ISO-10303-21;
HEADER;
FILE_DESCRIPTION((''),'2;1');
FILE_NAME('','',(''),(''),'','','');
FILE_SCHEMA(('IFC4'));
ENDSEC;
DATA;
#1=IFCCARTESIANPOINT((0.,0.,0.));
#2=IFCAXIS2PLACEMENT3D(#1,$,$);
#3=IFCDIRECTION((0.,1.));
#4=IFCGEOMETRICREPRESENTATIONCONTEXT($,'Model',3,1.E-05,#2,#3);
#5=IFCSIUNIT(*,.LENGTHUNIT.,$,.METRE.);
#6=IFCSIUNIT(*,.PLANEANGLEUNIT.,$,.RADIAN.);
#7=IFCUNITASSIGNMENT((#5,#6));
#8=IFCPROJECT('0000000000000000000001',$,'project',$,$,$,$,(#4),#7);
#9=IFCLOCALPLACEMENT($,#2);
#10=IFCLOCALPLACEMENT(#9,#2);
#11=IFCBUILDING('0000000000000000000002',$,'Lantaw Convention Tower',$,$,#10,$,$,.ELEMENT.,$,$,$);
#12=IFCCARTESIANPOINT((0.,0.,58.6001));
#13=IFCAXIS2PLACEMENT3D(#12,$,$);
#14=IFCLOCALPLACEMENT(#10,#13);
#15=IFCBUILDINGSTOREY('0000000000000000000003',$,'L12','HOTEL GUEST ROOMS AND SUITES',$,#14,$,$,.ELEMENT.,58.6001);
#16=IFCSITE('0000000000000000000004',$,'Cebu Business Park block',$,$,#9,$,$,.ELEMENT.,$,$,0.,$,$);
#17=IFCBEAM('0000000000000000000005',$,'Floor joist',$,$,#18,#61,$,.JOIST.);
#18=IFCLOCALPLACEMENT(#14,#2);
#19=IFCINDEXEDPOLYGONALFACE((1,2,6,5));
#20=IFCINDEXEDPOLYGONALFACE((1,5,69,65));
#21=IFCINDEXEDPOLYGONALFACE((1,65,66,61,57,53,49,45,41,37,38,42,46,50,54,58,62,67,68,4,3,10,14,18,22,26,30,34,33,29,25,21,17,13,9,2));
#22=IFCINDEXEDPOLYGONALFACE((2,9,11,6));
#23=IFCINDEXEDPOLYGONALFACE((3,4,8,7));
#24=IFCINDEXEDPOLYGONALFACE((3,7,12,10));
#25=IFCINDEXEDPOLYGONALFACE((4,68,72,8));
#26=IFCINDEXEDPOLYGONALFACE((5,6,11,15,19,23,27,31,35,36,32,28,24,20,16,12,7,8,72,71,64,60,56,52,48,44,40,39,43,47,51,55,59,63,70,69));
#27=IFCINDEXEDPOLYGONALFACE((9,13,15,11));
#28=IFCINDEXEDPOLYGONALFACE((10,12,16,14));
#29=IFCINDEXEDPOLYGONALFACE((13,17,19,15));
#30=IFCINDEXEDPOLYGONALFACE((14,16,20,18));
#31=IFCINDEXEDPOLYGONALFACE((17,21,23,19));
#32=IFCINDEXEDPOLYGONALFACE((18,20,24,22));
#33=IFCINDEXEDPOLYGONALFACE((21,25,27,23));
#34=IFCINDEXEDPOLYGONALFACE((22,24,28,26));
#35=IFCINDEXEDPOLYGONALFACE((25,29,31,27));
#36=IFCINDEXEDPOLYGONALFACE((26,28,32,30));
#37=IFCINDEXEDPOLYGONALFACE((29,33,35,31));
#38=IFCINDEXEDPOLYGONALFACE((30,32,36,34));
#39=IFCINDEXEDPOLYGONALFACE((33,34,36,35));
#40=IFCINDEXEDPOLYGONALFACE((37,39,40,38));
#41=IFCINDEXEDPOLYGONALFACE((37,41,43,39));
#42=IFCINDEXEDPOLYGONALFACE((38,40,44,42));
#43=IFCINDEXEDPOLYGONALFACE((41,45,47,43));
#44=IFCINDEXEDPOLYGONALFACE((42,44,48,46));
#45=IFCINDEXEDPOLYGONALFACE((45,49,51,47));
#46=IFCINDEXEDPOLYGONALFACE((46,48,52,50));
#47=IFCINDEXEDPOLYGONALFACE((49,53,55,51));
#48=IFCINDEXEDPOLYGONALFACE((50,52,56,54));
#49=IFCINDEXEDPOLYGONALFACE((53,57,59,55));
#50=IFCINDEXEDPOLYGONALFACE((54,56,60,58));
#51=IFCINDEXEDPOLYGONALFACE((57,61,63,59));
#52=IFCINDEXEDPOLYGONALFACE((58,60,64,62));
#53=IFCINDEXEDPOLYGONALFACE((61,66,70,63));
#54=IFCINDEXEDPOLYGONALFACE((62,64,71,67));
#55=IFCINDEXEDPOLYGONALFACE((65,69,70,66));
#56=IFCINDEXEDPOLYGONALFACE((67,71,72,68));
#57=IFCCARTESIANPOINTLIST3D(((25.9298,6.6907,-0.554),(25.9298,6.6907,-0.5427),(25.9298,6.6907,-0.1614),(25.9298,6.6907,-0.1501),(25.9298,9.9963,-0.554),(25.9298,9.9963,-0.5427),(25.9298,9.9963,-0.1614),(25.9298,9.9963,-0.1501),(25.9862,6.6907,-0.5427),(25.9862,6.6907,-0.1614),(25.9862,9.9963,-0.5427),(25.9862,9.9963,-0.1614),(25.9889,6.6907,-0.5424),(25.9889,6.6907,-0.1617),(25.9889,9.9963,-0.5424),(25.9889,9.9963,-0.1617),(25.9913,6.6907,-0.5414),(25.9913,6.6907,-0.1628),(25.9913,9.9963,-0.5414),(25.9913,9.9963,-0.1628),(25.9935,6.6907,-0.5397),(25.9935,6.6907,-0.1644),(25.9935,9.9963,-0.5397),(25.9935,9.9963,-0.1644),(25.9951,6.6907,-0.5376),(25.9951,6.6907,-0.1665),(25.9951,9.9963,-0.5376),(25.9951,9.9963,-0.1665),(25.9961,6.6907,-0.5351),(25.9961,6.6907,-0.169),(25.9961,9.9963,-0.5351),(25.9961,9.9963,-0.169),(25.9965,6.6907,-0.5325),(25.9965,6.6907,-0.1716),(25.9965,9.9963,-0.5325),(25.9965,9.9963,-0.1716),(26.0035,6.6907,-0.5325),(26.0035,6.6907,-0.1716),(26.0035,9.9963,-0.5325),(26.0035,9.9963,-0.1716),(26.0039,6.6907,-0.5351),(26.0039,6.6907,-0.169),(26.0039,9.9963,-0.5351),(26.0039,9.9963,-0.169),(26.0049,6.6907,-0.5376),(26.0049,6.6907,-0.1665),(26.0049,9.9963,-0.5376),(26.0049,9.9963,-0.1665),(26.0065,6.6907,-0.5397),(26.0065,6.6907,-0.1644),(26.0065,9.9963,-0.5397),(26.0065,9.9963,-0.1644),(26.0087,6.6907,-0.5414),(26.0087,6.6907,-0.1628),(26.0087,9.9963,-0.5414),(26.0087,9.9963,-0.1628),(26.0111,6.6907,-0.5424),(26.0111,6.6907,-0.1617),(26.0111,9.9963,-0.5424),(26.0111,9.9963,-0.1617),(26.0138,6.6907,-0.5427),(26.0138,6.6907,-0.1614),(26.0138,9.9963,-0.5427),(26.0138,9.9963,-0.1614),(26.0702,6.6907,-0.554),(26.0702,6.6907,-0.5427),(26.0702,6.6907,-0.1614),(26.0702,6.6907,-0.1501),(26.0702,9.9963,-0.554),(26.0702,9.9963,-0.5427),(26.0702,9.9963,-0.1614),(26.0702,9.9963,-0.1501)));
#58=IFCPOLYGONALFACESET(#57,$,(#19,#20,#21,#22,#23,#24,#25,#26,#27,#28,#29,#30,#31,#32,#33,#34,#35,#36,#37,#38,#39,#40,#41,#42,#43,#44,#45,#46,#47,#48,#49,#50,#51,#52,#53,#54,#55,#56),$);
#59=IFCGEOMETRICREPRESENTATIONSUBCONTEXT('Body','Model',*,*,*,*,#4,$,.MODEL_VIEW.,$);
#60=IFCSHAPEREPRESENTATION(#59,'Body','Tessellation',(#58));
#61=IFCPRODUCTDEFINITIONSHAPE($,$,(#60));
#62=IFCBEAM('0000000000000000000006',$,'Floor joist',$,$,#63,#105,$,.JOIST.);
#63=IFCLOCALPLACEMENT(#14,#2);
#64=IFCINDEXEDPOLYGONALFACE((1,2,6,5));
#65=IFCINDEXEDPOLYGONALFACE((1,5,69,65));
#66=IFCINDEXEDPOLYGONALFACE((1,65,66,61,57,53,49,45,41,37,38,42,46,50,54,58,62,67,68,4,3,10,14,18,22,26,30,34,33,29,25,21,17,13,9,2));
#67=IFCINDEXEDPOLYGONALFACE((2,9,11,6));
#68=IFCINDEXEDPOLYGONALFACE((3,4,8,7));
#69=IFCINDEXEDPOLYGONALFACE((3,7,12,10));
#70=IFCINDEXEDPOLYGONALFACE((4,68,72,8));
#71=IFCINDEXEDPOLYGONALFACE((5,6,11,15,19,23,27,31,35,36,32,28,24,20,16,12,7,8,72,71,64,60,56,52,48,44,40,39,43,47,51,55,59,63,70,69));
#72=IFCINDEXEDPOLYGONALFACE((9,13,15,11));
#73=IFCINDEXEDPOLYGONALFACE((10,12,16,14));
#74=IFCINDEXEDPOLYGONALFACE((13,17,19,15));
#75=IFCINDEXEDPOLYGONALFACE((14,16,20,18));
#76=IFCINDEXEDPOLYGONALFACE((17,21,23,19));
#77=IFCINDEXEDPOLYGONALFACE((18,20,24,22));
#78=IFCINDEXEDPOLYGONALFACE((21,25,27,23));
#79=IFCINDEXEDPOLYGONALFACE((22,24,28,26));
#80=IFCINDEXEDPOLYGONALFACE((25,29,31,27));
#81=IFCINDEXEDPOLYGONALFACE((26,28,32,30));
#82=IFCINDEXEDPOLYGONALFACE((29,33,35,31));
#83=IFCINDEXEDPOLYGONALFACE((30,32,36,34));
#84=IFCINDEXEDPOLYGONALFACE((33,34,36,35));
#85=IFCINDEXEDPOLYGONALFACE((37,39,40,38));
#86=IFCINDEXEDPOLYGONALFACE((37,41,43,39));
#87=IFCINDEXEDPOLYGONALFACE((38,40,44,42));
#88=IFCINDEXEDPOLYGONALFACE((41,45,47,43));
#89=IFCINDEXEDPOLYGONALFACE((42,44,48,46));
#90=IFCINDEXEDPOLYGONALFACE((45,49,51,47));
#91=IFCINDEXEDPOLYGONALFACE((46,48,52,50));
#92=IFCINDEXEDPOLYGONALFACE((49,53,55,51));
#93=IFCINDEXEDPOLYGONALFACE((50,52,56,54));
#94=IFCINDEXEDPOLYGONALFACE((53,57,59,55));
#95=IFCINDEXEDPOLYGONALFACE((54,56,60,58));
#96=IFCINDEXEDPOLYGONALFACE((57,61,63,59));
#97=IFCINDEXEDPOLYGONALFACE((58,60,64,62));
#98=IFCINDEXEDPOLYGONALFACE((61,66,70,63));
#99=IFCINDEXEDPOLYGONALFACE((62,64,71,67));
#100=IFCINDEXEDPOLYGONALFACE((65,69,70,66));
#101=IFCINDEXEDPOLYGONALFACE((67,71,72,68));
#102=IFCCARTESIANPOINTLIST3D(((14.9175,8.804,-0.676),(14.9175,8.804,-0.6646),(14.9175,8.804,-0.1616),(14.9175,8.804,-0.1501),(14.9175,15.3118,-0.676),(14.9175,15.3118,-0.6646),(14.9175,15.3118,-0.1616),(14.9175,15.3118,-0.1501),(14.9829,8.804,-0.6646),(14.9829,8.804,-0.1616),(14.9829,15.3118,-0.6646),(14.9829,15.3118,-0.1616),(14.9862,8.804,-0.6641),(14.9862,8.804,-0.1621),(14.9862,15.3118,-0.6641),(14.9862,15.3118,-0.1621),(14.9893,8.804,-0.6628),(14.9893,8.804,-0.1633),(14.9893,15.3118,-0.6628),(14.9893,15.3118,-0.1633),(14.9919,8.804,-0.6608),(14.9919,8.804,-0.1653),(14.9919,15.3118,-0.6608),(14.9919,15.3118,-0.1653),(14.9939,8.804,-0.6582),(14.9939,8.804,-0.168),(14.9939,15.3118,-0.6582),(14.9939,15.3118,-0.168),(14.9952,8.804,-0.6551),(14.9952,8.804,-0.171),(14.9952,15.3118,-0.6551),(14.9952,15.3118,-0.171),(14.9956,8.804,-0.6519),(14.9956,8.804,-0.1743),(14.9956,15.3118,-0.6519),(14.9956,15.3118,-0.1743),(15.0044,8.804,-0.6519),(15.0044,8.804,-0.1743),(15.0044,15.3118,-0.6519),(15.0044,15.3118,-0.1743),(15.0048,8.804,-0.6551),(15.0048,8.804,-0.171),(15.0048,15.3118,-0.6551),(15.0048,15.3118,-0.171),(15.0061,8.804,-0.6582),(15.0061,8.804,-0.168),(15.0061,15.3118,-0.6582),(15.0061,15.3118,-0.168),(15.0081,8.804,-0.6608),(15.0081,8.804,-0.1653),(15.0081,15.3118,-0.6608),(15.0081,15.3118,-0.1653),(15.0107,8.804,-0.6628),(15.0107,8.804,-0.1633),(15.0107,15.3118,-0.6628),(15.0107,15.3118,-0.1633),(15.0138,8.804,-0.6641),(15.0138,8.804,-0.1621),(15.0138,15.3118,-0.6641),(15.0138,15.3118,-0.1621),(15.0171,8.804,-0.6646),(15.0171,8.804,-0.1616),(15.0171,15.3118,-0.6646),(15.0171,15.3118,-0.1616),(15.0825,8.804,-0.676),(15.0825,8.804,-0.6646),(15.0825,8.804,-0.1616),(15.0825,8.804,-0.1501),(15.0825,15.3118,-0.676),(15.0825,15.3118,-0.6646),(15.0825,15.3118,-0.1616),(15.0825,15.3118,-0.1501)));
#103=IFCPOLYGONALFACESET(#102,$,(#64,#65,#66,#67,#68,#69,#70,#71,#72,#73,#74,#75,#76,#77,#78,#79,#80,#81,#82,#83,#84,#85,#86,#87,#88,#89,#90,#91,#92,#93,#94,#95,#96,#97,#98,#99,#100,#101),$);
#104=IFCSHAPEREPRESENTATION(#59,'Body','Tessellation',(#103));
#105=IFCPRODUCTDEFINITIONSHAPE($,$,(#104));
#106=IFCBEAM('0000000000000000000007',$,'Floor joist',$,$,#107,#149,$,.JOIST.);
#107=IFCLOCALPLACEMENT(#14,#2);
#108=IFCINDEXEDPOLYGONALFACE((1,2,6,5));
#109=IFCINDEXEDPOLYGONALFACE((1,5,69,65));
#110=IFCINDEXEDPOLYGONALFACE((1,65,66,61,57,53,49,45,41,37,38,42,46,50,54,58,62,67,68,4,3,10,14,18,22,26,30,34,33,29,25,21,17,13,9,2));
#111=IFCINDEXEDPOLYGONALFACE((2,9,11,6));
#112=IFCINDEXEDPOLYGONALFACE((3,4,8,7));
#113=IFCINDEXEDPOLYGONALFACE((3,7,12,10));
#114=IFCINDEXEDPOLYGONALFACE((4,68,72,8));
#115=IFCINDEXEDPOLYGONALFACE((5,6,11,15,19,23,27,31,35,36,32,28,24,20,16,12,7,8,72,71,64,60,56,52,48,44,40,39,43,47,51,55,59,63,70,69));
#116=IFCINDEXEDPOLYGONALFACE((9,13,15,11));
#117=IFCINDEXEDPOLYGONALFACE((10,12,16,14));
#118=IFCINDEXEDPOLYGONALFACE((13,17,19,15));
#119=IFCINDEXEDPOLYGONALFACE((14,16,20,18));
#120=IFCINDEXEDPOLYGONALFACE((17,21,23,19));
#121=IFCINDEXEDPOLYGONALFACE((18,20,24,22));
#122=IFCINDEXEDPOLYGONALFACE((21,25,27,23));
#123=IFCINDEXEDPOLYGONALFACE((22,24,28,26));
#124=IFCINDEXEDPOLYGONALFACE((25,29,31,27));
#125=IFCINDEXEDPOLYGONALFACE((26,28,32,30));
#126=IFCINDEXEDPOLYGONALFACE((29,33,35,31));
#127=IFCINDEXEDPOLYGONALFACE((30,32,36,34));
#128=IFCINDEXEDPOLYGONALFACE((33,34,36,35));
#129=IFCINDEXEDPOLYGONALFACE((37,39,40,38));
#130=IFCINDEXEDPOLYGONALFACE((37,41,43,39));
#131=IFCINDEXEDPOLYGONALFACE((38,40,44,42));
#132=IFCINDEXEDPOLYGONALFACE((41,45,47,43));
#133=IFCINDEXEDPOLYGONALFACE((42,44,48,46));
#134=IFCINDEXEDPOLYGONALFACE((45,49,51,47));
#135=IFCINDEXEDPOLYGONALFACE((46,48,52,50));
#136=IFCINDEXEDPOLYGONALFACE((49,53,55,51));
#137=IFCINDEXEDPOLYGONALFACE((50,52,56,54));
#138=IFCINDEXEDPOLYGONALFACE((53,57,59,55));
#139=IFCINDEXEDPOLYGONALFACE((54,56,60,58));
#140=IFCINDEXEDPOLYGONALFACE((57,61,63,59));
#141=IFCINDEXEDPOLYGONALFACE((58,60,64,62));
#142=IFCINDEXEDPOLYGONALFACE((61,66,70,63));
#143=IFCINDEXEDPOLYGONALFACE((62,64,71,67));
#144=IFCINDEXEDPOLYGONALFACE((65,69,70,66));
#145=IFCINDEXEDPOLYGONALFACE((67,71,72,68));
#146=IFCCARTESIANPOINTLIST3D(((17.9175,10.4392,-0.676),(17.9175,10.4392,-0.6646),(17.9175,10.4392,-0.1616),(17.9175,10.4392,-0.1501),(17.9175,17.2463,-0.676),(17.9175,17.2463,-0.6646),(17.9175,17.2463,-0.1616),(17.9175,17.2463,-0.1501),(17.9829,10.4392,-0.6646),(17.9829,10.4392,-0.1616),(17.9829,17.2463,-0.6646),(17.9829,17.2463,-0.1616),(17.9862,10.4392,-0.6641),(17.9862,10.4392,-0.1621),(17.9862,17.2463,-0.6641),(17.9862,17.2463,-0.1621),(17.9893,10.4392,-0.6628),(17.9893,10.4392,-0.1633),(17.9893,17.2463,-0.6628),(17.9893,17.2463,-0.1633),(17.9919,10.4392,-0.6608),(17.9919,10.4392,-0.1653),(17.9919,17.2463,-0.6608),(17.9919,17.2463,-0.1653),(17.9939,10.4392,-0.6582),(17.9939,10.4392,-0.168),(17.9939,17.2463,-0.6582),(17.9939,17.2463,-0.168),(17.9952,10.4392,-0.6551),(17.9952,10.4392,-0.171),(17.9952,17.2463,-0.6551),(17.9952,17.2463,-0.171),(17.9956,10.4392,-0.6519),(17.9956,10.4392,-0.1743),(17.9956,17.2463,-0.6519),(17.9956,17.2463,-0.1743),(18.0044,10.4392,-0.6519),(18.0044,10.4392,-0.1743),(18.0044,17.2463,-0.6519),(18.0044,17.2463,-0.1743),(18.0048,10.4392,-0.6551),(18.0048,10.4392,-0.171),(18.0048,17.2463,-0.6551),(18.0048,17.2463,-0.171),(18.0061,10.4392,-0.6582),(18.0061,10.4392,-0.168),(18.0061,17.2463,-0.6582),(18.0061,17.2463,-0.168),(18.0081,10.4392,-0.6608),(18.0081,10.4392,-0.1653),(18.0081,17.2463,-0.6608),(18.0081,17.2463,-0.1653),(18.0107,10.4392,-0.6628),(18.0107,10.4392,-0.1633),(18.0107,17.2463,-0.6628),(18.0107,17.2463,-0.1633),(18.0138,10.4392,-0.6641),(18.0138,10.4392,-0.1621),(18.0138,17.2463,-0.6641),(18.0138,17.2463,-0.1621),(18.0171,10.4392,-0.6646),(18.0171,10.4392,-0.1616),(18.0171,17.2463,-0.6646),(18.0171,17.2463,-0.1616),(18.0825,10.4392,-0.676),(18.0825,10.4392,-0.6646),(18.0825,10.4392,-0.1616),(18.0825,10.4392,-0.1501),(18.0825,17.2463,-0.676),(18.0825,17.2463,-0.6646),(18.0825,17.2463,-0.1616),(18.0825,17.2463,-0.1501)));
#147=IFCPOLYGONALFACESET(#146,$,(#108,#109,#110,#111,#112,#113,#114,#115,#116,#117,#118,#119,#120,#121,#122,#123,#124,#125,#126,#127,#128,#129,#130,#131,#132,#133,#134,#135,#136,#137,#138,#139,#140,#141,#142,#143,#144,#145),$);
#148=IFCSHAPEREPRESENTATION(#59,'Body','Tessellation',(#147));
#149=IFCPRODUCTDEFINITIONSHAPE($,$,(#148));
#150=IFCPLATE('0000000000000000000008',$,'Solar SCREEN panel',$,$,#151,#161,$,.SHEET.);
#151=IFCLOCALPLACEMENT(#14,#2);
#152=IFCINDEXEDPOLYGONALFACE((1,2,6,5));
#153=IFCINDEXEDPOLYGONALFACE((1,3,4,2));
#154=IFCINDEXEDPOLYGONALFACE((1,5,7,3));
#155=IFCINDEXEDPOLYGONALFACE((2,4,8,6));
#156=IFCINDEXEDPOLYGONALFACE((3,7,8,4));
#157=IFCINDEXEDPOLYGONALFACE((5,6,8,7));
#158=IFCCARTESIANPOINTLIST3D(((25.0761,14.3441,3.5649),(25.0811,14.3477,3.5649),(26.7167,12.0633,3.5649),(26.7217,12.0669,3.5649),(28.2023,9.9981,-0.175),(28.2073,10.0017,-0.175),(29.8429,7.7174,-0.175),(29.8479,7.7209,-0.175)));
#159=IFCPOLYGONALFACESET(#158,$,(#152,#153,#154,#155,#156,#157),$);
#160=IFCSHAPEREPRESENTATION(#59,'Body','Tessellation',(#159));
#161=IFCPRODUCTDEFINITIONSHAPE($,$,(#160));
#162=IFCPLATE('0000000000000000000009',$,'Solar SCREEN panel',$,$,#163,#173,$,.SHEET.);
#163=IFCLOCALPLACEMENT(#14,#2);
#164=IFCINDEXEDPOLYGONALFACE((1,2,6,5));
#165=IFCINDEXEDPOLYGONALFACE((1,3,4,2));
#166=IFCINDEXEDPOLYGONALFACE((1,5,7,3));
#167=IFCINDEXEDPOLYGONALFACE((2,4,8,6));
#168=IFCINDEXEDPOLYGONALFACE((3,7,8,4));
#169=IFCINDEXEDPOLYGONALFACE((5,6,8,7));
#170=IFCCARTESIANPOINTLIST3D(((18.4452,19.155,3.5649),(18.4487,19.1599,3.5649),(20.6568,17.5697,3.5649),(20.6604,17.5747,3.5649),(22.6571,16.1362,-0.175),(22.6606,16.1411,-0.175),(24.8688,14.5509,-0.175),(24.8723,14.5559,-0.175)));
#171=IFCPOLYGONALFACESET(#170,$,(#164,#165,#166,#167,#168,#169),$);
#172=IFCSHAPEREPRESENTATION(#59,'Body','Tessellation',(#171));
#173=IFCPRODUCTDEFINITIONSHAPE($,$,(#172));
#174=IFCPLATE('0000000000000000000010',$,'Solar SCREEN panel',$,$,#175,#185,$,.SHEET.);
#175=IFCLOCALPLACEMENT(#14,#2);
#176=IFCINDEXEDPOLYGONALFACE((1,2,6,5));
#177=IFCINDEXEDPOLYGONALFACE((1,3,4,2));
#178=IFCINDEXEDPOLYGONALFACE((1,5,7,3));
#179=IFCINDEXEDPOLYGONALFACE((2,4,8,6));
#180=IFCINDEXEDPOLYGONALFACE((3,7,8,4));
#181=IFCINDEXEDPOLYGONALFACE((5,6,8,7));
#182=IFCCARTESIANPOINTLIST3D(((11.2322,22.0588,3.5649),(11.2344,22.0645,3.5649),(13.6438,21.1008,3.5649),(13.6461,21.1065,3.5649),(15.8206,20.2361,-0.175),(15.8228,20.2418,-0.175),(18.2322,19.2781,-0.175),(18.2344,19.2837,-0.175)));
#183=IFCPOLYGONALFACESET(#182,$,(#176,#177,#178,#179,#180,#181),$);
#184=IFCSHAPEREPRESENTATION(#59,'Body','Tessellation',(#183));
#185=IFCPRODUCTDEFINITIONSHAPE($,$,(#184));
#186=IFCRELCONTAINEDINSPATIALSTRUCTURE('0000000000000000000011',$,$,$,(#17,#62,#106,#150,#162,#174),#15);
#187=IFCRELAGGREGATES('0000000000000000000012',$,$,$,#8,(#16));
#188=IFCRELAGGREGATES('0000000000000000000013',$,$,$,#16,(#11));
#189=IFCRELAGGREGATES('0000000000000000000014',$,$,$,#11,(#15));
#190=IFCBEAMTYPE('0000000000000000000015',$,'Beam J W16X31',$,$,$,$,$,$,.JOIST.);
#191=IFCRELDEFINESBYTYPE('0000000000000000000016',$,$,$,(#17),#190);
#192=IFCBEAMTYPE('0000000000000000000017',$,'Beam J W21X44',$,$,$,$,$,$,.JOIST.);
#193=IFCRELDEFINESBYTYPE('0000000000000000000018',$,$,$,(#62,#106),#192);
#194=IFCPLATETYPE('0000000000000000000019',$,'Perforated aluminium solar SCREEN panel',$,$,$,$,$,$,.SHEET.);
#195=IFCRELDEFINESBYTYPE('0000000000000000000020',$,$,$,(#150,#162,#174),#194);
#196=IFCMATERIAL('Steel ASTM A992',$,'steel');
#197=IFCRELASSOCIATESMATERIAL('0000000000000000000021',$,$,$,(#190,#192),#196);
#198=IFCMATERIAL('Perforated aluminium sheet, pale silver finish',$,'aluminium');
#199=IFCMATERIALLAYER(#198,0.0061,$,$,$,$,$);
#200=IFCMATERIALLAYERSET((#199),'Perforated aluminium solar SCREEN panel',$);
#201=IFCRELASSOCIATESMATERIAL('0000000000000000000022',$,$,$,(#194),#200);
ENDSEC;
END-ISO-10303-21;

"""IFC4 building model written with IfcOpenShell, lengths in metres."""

from ifc_helpers import new_model, si_unit, direction, frame, origin, origin_2d, place, context, subcontext, project, spatial, polyline, i_section, outline, extrude, material, layer, layer_set, material_profile, profile_set, type_object, element, save


model = new_model("IFC4")

# Units and contexts
model_context = context("Model", 3, precision=1e-05, world=origin(), true_north=direction((0.0, 1.0)))
body_context = subcontext(model_context, "Body", "Model", "MODEL_VIEW")
ifc_project = project(units=[si_unit("LENGTHUNIT", "METRE"), si_unit("PLANEANGLEUNIT", "RADIAN")], contexts=[model_context])

# Site, building, storey
site_placement = place(None, origin())
site = spatial("IfcSite", under=ifc_project, at=site_placement, Name="Cebu Business Park block", CompositionType="ELEMENT", RefElevation=0.0)
building_placement = place(site_placement, origin())
building = spatial("IfcBuilding", under=site, at=building_placement, Name="Lantaw Convention Tower", CompositionType="ELEMENT")
storey_placement = place(building_placement, frame((0.0, 0.0, 58.6001)))
storey = spatial("IfcBuildingStorey", under=building, at=storey_placement, Name="L12", Description="HOTEL GUEST ROOMS AND SUITES", CompositionType="ELEMENT", Elevation=58.6001)

# Beams
ifc_material_1 = material(Name="Steel ASTM A992", Category="steel")
ifc_material_profile_1 = material_profile(ifc_material_1, i_section(OverallWidth=0.1404, OverallDepth=0.4038, WebThickness=0.0071, FlangeThickness=0.0112, FilletRadius=0.0103, at=origin_2d()), Name="W16X31")
ifc_profile_set_1 = profile_set([ifc_material_profile_1], Name="Steel ASTM A992")
beam_type_1 = type_object("IfcBeamType", Name="Beam J W16X31", PredefinedType="JOIST", material=ifc_profile_set_1)
beam_1_placement = place(storey_placement, frame((26.0, 6.6907, -0.3521), z_axis=(0.0, 1.0, 0.0), x_axis=(-1.0, 0.0, 0.0)))
element("IfcBeam", 1, at=beam_1_placement, inside=storey, type_object=beam_type_1, Name="Floor joist", PredefinedType="JOIST", context=body_context, shape_type="SweptSolid", body=[
    extrude(i_section(OverallWidth=0.1404, OverallDepth=0.4038, WebThickness=0.0071, FlangeThickness=0.0112, FilletRadius=0.0103, at=origin_2d()), origin(), (0.0, 0.0, 1.0), 3.3057),
])
ifc_material_profile_2 = material_profile(ifc_material_1, i_section(OverallWidth=0.165, OverallDepth=0.5259, WebThickness=0.0088, FlangeThickness=0.0115, FilletRadius=0.0127, at=origin_2d()), Name="W21X44")
ifc_profile_set_2 = profile_set([ifc_material_profile_2], Name="Steel ASTM A992")
beam_type_2 = type_object("IfcBeamType", Name="Beam J W21X44", PredefinedType="JOIST", material=ifc_profile_set_2)
beam_2_placement = place(storey_placement, frame((15.0, 8.804, -0.4131), z_axis=(0.0, 1.0, 0.0), x_axis=(-1.0, 0.0, 0.0)))
element("IfcBeam", 2, at=beam_2_placement, inside=storey, type_object=beam_type_2, Name="Floor joist", PredefinedType="JOIST", context=body_context, shape_type="SweptSolid", body=[
    extrude(i_section(OverallWidth=0.165, OverallDepth=0.5259, WebThickness=0.0088, FlangeThickness=0.0115, FilletRadius=0.0127, at=origin_2d()), origin(), (0.0, 0.0, 1.0), 6.5078),
])
beam_3_placement = place(storey_placement, frame((18.0, 10.4392, -0.4131), z_axis=(0.0, 1.0, 0.0), x_axis=(-1.0, 0.0, 0.0)))
element("IfcBeam", 3, at=beam_3_placement, inside=storey, type_object=beam_type_2, Name="Floor joist", PredefinedType="JOIST", context=body_context, shape_type="SweptSolid", body=[
    extrude(i_section(OverallWidth=0.165, OverallDepth=0.5259, WebThickness=0.0088, FlangeThickness=0.0115, FilletRadius=0.0127, at=origin_2d()), origin(), (0.0, 0.0, 1.0), 6.8071),
])

# Plates
ifc_material_2 = material(Name="Perforated aluminium sheet, pale silver finish", Category="aluminium")
ifc_layer_1 = layer(ifc_material_2, 0.0061)
ifc_layer_set_1 = layer_set([ifc_layer_1], Name="Perforated aluminium solar SCREEN panel")
plate_type = type_object("IfcPlateType", Name="Perforated aluminium solar SCREEN panel", PredefinedType="SHEET", material=ifc_layer_set_1)
plate_1_placement = place(storey_placement, frame((29.8479, 7.7209, -0.175), z_axis=(0.811791, 0.583948, 0.000009), x_axis=(-0.583948, 0.811791, 0.0)))
element("IfcPlate", 4, at=plate_1_placement, inside=storey, type_object=plate_type, Name="Solar SCREEN panel", PredefinedType="SHEET", context=body_context, shape_type="SweptSolid", body=[
    extrude(outline(polyline([(0.0, 0.0), (2.8095, 0.0), (8.1631, 3.74), (5.3536, 3.74), (0.0, 0.0)])), origin(), (0.0, 0.0, -1.0), 0.0061),
])
plate_2_placement = place(storey_placement, frame((24.8723, 14.5559, -0.175), z_axis=(0.582561, 0.812787, 0.000016), x_axis=(-0.812787, 0.582561, 0.0)))
element("IfcPlate", 5, at=plate_2_placement, inside=storey, type_object=plate_type, Name="Solar SCREEN panel", PredefinedType="SHEET", context=body_context, shape_type="SweptSolid", body=[
    extrude(outline(polyline([(0.0, 0.0), (2.7211, 0.0), (7.9031, 3.74), (5.182, 3.74), (0.0, 0.0)])), origin(), (0.0, 0.0, -1.0), 0.0061),
])
plate_3_placement = place(storey_placement, frame((18.2322, 19.2781, -0.175), z_axis=(-0.369184, -0.929357, 0.000009), x_axis=(-0.929357, 0.369184, 0.0)))
element("IfcPlate", 6, at=plate_3_placement, inside=storey, type_object=plate_type, Name="Solar SCREEN panel", PredefinedType="SHEET", context=body_context, shape_type="SweptSolid", body=[
    extrude(outline(polyline([(0.0, 0.0), (2.5949, 0.0), (7.5321, -3.74), (4.9372, -3.74), (0.0, 0.0)])), origin(), (0.0, 0.0, -1.0), 0.0061),
])

save(model, "model.ifc")
